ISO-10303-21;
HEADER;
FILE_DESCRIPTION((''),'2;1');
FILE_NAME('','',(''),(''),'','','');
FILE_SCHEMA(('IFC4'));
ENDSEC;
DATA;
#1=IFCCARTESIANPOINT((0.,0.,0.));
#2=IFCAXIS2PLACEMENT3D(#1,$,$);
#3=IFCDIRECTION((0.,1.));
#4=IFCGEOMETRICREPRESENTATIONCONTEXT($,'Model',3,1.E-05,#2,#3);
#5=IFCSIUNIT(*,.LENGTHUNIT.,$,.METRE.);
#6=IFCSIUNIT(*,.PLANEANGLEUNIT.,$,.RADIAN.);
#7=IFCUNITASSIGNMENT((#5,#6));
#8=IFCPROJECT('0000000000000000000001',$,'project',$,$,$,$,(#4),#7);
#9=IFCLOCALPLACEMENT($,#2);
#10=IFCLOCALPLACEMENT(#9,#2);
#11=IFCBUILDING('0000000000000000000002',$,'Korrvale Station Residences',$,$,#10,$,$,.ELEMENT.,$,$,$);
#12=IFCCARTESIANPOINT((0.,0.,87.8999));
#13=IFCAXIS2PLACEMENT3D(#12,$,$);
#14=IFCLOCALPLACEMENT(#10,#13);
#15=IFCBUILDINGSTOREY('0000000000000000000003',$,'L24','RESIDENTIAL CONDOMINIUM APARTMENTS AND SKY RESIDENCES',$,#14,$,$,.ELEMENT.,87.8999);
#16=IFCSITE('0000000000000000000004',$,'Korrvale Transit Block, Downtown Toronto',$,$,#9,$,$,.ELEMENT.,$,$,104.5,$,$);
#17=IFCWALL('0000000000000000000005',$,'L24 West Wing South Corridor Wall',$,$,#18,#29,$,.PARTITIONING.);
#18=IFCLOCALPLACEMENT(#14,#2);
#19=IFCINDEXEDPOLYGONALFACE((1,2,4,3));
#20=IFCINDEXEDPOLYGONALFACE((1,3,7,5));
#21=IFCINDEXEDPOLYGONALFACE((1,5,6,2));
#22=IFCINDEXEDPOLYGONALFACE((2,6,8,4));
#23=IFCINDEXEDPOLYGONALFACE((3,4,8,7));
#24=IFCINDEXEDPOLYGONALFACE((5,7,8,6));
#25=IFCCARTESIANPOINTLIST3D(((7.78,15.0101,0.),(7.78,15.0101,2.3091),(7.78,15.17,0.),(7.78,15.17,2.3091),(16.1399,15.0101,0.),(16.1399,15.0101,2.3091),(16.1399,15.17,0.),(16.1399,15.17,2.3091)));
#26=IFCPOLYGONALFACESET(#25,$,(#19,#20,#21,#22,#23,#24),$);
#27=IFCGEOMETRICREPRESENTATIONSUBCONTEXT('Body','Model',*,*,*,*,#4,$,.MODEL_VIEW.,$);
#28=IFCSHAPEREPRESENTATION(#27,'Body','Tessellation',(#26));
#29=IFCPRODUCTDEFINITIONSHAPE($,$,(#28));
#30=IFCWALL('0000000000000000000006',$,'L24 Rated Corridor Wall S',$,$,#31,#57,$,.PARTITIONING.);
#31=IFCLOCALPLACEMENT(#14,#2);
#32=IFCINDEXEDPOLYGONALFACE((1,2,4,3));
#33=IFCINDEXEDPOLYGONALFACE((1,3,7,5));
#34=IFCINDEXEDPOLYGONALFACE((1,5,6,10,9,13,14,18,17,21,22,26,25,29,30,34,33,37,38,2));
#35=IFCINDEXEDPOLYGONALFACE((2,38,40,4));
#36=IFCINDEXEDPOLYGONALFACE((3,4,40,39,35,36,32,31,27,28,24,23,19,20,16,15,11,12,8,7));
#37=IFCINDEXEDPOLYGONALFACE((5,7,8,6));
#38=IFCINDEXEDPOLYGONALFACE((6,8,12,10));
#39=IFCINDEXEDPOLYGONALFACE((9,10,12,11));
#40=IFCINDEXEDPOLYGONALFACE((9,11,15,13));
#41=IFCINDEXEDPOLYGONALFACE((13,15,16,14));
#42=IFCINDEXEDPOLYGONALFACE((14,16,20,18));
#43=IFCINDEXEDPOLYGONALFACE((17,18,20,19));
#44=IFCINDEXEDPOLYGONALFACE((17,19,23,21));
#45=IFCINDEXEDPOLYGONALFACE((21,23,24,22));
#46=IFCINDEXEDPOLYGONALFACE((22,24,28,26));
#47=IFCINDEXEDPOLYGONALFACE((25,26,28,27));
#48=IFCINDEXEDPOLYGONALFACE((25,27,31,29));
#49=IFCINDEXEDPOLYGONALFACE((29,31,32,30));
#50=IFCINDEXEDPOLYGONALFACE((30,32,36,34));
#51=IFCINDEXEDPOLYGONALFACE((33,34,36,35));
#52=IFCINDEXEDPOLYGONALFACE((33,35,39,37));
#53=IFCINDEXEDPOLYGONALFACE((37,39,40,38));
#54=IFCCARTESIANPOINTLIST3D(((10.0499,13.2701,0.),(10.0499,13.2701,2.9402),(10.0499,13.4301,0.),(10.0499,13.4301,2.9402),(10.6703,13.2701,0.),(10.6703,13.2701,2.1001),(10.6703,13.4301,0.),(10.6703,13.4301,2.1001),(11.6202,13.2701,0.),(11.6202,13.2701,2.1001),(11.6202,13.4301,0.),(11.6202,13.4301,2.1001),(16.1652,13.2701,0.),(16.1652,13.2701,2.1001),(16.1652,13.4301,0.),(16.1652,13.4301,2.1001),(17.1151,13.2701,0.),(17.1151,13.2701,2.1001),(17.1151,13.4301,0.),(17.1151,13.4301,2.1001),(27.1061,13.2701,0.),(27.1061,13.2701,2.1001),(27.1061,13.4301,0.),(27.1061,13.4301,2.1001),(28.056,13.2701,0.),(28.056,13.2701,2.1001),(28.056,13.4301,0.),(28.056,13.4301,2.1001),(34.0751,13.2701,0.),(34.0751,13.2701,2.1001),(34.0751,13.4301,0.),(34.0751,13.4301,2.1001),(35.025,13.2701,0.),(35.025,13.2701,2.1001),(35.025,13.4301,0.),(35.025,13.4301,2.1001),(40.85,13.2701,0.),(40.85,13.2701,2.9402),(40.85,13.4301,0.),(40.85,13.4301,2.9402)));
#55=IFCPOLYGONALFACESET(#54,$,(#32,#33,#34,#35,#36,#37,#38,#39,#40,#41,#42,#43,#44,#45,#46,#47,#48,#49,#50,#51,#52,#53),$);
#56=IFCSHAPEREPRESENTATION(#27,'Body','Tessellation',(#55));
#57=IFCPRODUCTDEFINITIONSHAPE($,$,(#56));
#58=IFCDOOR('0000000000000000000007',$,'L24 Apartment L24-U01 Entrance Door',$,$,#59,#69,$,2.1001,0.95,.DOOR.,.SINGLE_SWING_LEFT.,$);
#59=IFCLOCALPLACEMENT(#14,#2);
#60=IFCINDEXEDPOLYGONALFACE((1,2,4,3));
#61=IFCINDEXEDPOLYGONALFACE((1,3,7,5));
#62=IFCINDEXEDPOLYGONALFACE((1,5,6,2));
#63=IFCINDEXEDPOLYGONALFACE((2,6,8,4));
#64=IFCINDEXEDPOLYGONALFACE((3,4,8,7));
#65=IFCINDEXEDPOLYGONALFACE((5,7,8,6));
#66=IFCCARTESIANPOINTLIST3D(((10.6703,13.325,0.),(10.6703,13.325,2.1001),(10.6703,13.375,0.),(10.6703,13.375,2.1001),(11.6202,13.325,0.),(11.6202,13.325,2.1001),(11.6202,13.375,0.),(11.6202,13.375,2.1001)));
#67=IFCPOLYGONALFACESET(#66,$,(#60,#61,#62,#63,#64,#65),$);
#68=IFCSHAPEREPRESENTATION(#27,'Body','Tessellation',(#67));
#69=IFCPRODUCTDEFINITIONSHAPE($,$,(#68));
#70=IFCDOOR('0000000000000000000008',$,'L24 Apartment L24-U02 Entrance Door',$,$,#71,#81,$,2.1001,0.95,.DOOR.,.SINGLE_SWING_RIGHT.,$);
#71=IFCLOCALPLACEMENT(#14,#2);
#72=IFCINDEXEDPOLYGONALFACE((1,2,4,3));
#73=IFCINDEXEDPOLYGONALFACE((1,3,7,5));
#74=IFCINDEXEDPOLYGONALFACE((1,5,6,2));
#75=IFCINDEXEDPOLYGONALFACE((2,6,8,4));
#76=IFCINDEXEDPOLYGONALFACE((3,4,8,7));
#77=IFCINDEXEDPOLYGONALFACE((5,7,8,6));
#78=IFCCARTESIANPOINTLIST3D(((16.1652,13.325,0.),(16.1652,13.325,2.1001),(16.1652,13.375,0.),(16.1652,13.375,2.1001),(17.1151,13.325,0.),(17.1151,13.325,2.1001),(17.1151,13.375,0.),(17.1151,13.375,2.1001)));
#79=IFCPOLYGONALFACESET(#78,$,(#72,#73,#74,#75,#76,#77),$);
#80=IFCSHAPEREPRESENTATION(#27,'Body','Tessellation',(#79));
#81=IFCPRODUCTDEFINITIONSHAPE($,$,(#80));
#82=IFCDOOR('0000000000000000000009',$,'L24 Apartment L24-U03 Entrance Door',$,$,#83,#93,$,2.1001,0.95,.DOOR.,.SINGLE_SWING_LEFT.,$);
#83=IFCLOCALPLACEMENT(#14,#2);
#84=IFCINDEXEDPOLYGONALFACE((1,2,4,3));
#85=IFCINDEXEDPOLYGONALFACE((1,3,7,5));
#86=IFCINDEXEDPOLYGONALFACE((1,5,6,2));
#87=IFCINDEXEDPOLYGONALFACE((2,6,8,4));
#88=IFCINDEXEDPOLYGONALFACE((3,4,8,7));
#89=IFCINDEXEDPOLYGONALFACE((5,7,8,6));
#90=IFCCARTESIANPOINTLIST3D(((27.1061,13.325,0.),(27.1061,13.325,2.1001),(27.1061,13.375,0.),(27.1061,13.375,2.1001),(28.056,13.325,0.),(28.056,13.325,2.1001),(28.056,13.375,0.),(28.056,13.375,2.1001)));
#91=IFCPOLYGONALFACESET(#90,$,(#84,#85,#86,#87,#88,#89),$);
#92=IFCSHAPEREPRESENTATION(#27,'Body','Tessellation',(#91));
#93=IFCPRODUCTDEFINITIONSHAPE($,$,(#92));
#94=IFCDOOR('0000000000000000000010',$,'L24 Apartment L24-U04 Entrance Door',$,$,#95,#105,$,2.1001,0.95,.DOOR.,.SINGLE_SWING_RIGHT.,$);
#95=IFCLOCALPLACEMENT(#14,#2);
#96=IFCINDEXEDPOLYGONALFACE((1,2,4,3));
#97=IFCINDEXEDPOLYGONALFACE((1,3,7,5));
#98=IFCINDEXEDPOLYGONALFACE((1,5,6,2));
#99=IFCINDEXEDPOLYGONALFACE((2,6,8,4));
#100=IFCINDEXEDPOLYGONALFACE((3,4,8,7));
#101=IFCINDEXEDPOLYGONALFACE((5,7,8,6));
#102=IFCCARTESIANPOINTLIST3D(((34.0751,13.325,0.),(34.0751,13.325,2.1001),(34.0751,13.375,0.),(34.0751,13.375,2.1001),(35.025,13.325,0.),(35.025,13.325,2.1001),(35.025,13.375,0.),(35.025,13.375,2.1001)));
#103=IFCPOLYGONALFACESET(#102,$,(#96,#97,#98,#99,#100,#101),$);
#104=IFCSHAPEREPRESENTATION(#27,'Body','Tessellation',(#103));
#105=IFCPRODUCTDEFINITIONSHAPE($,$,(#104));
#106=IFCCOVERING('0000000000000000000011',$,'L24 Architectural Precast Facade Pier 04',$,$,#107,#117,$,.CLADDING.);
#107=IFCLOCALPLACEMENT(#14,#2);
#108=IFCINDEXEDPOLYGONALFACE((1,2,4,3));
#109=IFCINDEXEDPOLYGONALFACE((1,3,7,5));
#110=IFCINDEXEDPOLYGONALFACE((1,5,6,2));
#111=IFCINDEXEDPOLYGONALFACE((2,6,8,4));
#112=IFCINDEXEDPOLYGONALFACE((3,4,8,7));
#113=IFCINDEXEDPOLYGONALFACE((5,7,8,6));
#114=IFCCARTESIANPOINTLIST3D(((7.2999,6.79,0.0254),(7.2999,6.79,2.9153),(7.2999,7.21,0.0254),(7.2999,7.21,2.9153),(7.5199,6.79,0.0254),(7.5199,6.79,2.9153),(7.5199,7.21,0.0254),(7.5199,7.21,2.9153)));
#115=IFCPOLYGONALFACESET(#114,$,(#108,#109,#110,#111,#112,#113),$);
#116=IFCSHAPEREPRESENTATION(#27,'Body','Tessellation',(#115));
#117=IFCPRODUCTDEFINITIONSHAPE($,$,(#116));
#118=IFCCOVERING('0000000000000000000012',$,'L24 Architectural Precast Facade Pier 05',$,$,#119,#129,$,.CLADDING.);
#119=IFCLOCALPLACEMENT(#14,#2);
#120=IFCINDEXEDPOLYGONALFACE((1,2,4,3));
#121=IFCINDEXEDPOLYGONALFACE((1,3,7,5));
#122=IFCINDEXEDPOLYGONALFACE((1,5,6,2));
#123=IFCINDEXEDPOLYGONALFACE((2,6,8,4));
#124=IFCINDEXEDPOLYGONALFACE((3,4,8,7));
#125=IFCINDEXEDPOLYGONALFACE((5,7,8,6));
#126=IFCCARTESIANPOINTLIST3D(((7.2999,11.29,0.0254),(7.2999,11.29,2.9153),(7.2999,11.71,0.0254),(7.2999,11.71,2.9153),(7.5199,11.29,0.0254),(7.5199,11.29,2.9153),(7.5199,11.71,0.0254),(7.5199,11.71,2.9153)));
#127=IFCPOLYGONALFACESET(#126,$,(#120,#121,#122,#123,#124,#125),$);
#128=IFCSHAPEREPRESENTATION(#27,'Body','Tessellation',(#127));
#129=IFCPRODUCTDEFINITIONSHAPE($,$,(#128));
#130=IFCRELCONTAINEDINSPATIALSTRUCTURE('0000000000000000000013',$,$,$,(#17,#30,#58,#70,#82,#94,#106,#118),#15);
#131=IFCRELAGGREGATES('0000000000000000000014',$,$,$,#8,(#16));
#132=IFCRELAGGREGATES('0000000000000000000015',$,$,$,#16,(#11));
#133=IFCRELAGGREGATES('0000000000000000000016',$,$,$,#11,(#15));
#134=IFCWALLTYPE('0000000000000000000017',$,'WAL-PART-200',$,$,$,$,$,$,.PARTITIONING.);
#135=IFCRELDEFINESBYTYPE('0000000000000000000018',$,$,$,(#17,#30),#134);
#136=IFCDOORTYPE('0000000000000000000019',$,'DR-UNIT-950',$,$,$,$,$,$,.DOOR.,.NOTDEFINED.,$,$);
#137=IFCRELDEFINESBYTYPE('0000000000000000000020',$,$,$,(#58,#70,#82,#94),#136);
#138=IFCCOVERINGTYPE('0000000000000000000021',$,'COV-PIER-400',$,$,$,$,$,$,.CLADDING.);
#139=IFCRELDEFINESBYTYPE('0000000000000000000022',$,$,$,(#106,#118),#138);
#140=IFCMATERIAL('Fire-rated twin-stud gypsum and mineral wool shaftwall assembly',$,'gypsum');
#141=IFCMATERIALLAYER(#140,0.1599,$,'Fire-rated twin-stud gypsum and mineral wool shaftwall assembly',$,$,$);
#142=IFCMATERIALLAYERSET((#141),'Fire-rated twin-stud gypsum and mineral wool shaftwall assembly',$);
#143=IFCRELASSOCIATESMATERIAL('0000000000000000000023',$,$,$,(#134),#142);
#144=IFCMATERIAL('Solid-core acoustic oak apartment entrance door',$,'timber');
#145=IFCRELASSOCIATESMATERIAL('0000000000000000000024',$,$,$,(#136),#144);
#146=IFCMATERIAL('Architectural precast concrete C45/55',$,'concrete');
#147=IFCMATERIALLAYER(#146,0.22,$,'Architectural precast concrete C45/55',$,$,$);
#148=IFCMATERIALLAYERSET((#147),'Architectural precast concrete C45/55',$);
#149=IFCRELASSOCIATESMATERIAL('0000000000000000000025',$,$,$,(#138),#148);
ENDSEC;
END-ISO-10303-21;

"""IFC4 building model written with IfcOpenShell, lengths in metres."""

from ifc_helpers import new_model, si_unit, direction, frame, frame_2d, origin, origin_2d, place, context, subcontext, project, spatial, rectangle, extrude, material, layer, layer_set, type_object, element, fill, save


model = new_model("IFC4")

# Units and contexts
model_context = context("Model", 3, precision=1e-05, world=origin(), true_north=direction((0.0, 1.0)))
body_context = subcontext(model_context, "Body", "Model", "MODEL_VIEW")
ifc_project = project(units=[si_unit("LENGTHUNIT", "METRE"), si_unit("PLANEANGLEUNIT", "RADIAN")], contexts=[model_context])

# Site, building, storey
site_placement = place(None, origin())
site = spatial("IfcSite", under=ifc_project, at=site_placement, Name="Korrvale Transit Block, Downtown Toronto", CompositionType="ELEMENT", RefElevation=104.5)
building_placement = place(site_placement, origin())
building = spatial("IfcBuilding", under=site, at=building_placement, Name="Korrvale Station Residences", CompositionType="ELEMENT")
storey_placement = place(building_placement, frame((0.0, 0.0, 87.8999)))
storey = spatial("IfcBuildingStorey", under=building, at=storey_placement, Name="L24", Description="RESIDENTIAL CONDOMINIUM APARTMENTS AND SKY RESIDENCES", CompositionType="ELEMENT", Elevation=87.8999)

# Wall
ifc_material_1 = material(Name="Fire-rated twin-stud gypsum and mineral wool shaftwall assembly", Category="gypsum")
ifc_layer_1 = layer(ifc_material_1, 0.1599, Name="Fire-rated twin-stud gypsum and mineral wool shaftwall assembly")
ifc_layer_set_1 = layer_set([ifc_layer_1], Name="Fire-rated twin-stud gypsum and mineral wool shaftwall assembly")
wall_type_1 = type_object("IfcWallType", Name="WAL-PART-200", PredefinedType="PARTITIONING", material=ifc_layer_set_1)
wall_1_placement = place(storey_placement, frame((7.78, 15.0901, 0.0), z_axis=(0.0, 0.0, 1.0), x_axis=(1.0, 0.0, 0.0)))
element("IfcWall", 1, at=wall_1_placement, inside=storey, type_object=wall_type_1, Name="L24 West Wing South Corridor Wall", PredefinedType="PARTITIONING", context=body_context, shape_type="SweptSolid", body=[
    extrude(rectangle(XDim=8.3599, YDim=0.1599, at=frame_2d((4.1799, 0.0))), origin(), (0.0, 0.0, 1.0), 2.3091),
])

# Wall, openings, doors
wall_2_placement = place(storey_placement, frame((10.05, 13.3501, 0.0), z_axis=(0.0, 0.0, 1.0), x_axis=(1.0, 0.0, 0.0)))
wall_2 = element("IfcWall", 2, at=wall_2_placement, inside=storey, type_object=wall_type_1, Name="L24 Rated Corridor Wall S", PredefinedType="PARTITIONING", context=body_context, shape_type="SweptSolid", body=[
    extrude(rectangle(XDim=30.8, YDim=0.1599, at=frame_2d((15.3999, 0.0))), origin(), (0.0, 0.0, 1.0), 2.9402),
])
opening_1_placement = place(wall_2_placement, frame((0.6201, 0.0, 0.0)))
opening_1 = element("IfcOpeningElement", 3, at=opening_1_placement, cuts=wall_2, PredefinedType="OPENING", context=body_context, shape_type="SweptSolid", body=[
    extrude(rectangle(XDim=0.95, YDim=2.1001, at=frame_2d((0.4751, 1.05))), frame((0.0, 0.0898, 0.0), z_axis=(0.0, -1.0, 0.0), x_axis=(1.0, 0.0, 0.0)), (0.0, 0.0, 1.0), 0.1799),
])
opening_2_placement = place(wall_2_placement, frame((6.115, 0.0, 0.0)))
opening_2 = element("IfcOpeningElement", 4, at=opening_2_placement, cuts=wall_2, PredefinedType="OPENING", context=body_context, shape_type="SweptSolid", body=[
    extrude(rectangle(XDim=0.95, YDim=2.1001, at=frame_2d((0.4751, 1.05))), frame((0.0, 0.0898, 0.0), z_axis=(0.0, -1.0, 0.0), x_axis=(1.0, 0.0, 0.0)), (0.0, 0.0, 1.0), 0.1799),
])
opening_3_placement = place(wall_2_placement, frame((17.0559, 0.0, 0.0)))
opening_3 = element("IfcOpeningElement", 5, at=opening_3_placement, cuts=wall_2, PredefinedType="OPENING", context=body_context, shape_type="SweptSolid", body=[
    extrude(rectangle(XDim=0.95, YDim=2.1001, at=frame_2d((0.4751, 1.05))), frame((0.0, 0.0898, 0.0), z_axis=(0.0, -1.0, 0.0), x_axis=(1.0, 0.0, 0.0)), (0.0, 0.0, 1.0), 0.1799),
])
opening_4_placement = place(wall_2_placement, frame((24.0249, 0.0, 0.0)))
opening_4 = element("IfcOpeningElement", 6, at=opening_4_placement, cuts=wall_2, PredefinedType="OPENING", context=body_context, shape_type="SweptSolid", body=[
    extrude(rectangle(XDim=0.95, YDim=2.1001, at=frame_2d((0.4751, 1.05))), frame((0.0, 0.0898, 0.0), z_axis=(0.0, -1.0, 0.0), x_axis=(1.0, 0.0, 0.0)), (0.0, 0.0, 1.0), 0.1799),
])
ifc_material_2 = material(Name="Solid-core acoustic oak apartment entrance door", Category="timber")
door_type_1 = type_object("IfcDoorType", Name="DR-UNIT-950", OperationType="NOTDEFINED", PredefinedType="DOOR", material=ifc_material_2)
door_1_placement = place(opening_1_placement, origin())
door_1 = element("IfcDoor", 7, at=door_1_placement, inside=storey, type_object=door_type_1, Name="L24 Apartment L24-U01 Entrance Door", OperationType="SINGLE_SWING_LEFT", OverallHeight=2.1001, OverallWidth=0.95, PredefinedType="DOOR", context=body_context, shape_type="SweptSolid", body=[
    extrude(rectangle(XDim=0.95, YDim=2.1001, at=frame_2d((0.4751, 1.05))), frame((0.0, 0.0249, 0.0), z_axis=(0.0, -1.0, 0.0), x_axis=(1.0, 0.0, 0.0)), (0.0, 0.0, 1.0), 0.05),
])
fill(opening_1, door_1)
door_2_placement = place(opening_2_placement, origin())
door_2 = element("IfcDoor", 8, at=door_2_placement, inside=storey, type_object=door_type_1, Name="L24 Apartment L24-U02 Entrance Door", OperationType="SINGLE_SWING_RIGHT", OverallHeight=2.1001, OverallWidth=0.95, PredefinedType="DOOR", context=body_context, shape_type="SweptSolid", body=[
    extrude(rectangle(XDim=0.95, YDim=2.1001, at=frame_2d((0.4751, 1.05))), frame((0.0, 0.0249, 0.0), z_axis=(0.0, -1.0, 0.0), x_axis=(1.0, 0.0, 0.0)), (0.0, 0.0, 1.0), 0.05),
])
fill(opening_2, door_2)
door_3_placement = place(opening_3_placement, origin())
door_3 = element("IfcDoor", 9, at=door_3_placement, inside=storey, type_object=door_type_1, Name="L24 Apartment L24-U03 Entrance Door", OperationType="SINGLE_SWING_LEFT", OverallHeight=2.1001, OverallWidth=0.95, PredefinedType="DOOR", context=body_context, shape_type="SweptSolid", body=[
    extrude(rectangle(XDim=0.95, YDim=2.1001, at=frame_2d((0.4751, 1.05))), frame((0.0, 0.0249, 0.0), z_axis=(0.0, -1.0, 0.0), x_axis=(1.0, 0.0, 0.0)), (0.0, 0.0, 1.0), 0.05),
])
fill(opening_3, door_3)
door_4_placement = place(opening_4_placement, origin())
door_4 = element("IfcDoor", 10, at=door_4_placement, inside=storey, type_object=door_type_1, Name="L24 Apartment L24-U04 Entrance Door", OperationType="SINGLE_SWING_RIGHT", OverallHeight=2.1001, OverallWidth=0.95, PredefinedType="DOOR", context=body_context, shape_type="SweptSolid", body=[
    extrude(rectangle(XDim=0.95, YDim=2.1001, at=frame_2d((0.4751, 1.05))), frame((0.0, 0.0249, 0.0), z_axis=(0.0, -1.0, 0.0), x_axis=(1.0, 0.0, 0.0)), (0.0, 0.0, 1.0), 0.05),
])
fill(opening_4, door_4)

# Coverings
ifc_material_3 = material(Name="Architectural precast concrete C45/55", Category="concrete")
ifc_layer_2 = layer(ifc_material_3, 0.22, Name="Architectural precast concrete C45/55")
ifc_layer_set_2 = layer_set([ifc_layer_2], Name="Architectural precast concrete C45/55")
covering_type = type_object("IfcCoveringType", Name="COV-PIER-400", PredefinedType="CLADDING", material=ifc_layer_set_2)
for number, where, z_axis, x_axis, name in (
    (11, (7.4099, 7.0, 0.0254), (0.0, 0.0, 1.0), (0.0, 1.0, 0.0), "L24 Architectural Precast Facade Pier 04"),
    (12, (7.4099, 11.5, 0.0254), (0.0, 0.0, 1.0), (0.0, 1.0, 0.0), "L24 Architectural Precast Facade Pier 05"),
):
    element("IfcCovering", number, at=place(storey_placement, frame(where, z_axis=z_axis, x_axis=x_axis)), inside=storey, type_object=covering_type, Name=name, PredefinedType="CLADDING", context=body_context, shape_type="SweptSolid", body=[
        extrude(rectangle(XDim=0.4199, YDim=0.22, at=origin_2d()), origin(), (0.0, 0.0, 1.0), 2.8899),
    ])

save(model, "model.ifc")
